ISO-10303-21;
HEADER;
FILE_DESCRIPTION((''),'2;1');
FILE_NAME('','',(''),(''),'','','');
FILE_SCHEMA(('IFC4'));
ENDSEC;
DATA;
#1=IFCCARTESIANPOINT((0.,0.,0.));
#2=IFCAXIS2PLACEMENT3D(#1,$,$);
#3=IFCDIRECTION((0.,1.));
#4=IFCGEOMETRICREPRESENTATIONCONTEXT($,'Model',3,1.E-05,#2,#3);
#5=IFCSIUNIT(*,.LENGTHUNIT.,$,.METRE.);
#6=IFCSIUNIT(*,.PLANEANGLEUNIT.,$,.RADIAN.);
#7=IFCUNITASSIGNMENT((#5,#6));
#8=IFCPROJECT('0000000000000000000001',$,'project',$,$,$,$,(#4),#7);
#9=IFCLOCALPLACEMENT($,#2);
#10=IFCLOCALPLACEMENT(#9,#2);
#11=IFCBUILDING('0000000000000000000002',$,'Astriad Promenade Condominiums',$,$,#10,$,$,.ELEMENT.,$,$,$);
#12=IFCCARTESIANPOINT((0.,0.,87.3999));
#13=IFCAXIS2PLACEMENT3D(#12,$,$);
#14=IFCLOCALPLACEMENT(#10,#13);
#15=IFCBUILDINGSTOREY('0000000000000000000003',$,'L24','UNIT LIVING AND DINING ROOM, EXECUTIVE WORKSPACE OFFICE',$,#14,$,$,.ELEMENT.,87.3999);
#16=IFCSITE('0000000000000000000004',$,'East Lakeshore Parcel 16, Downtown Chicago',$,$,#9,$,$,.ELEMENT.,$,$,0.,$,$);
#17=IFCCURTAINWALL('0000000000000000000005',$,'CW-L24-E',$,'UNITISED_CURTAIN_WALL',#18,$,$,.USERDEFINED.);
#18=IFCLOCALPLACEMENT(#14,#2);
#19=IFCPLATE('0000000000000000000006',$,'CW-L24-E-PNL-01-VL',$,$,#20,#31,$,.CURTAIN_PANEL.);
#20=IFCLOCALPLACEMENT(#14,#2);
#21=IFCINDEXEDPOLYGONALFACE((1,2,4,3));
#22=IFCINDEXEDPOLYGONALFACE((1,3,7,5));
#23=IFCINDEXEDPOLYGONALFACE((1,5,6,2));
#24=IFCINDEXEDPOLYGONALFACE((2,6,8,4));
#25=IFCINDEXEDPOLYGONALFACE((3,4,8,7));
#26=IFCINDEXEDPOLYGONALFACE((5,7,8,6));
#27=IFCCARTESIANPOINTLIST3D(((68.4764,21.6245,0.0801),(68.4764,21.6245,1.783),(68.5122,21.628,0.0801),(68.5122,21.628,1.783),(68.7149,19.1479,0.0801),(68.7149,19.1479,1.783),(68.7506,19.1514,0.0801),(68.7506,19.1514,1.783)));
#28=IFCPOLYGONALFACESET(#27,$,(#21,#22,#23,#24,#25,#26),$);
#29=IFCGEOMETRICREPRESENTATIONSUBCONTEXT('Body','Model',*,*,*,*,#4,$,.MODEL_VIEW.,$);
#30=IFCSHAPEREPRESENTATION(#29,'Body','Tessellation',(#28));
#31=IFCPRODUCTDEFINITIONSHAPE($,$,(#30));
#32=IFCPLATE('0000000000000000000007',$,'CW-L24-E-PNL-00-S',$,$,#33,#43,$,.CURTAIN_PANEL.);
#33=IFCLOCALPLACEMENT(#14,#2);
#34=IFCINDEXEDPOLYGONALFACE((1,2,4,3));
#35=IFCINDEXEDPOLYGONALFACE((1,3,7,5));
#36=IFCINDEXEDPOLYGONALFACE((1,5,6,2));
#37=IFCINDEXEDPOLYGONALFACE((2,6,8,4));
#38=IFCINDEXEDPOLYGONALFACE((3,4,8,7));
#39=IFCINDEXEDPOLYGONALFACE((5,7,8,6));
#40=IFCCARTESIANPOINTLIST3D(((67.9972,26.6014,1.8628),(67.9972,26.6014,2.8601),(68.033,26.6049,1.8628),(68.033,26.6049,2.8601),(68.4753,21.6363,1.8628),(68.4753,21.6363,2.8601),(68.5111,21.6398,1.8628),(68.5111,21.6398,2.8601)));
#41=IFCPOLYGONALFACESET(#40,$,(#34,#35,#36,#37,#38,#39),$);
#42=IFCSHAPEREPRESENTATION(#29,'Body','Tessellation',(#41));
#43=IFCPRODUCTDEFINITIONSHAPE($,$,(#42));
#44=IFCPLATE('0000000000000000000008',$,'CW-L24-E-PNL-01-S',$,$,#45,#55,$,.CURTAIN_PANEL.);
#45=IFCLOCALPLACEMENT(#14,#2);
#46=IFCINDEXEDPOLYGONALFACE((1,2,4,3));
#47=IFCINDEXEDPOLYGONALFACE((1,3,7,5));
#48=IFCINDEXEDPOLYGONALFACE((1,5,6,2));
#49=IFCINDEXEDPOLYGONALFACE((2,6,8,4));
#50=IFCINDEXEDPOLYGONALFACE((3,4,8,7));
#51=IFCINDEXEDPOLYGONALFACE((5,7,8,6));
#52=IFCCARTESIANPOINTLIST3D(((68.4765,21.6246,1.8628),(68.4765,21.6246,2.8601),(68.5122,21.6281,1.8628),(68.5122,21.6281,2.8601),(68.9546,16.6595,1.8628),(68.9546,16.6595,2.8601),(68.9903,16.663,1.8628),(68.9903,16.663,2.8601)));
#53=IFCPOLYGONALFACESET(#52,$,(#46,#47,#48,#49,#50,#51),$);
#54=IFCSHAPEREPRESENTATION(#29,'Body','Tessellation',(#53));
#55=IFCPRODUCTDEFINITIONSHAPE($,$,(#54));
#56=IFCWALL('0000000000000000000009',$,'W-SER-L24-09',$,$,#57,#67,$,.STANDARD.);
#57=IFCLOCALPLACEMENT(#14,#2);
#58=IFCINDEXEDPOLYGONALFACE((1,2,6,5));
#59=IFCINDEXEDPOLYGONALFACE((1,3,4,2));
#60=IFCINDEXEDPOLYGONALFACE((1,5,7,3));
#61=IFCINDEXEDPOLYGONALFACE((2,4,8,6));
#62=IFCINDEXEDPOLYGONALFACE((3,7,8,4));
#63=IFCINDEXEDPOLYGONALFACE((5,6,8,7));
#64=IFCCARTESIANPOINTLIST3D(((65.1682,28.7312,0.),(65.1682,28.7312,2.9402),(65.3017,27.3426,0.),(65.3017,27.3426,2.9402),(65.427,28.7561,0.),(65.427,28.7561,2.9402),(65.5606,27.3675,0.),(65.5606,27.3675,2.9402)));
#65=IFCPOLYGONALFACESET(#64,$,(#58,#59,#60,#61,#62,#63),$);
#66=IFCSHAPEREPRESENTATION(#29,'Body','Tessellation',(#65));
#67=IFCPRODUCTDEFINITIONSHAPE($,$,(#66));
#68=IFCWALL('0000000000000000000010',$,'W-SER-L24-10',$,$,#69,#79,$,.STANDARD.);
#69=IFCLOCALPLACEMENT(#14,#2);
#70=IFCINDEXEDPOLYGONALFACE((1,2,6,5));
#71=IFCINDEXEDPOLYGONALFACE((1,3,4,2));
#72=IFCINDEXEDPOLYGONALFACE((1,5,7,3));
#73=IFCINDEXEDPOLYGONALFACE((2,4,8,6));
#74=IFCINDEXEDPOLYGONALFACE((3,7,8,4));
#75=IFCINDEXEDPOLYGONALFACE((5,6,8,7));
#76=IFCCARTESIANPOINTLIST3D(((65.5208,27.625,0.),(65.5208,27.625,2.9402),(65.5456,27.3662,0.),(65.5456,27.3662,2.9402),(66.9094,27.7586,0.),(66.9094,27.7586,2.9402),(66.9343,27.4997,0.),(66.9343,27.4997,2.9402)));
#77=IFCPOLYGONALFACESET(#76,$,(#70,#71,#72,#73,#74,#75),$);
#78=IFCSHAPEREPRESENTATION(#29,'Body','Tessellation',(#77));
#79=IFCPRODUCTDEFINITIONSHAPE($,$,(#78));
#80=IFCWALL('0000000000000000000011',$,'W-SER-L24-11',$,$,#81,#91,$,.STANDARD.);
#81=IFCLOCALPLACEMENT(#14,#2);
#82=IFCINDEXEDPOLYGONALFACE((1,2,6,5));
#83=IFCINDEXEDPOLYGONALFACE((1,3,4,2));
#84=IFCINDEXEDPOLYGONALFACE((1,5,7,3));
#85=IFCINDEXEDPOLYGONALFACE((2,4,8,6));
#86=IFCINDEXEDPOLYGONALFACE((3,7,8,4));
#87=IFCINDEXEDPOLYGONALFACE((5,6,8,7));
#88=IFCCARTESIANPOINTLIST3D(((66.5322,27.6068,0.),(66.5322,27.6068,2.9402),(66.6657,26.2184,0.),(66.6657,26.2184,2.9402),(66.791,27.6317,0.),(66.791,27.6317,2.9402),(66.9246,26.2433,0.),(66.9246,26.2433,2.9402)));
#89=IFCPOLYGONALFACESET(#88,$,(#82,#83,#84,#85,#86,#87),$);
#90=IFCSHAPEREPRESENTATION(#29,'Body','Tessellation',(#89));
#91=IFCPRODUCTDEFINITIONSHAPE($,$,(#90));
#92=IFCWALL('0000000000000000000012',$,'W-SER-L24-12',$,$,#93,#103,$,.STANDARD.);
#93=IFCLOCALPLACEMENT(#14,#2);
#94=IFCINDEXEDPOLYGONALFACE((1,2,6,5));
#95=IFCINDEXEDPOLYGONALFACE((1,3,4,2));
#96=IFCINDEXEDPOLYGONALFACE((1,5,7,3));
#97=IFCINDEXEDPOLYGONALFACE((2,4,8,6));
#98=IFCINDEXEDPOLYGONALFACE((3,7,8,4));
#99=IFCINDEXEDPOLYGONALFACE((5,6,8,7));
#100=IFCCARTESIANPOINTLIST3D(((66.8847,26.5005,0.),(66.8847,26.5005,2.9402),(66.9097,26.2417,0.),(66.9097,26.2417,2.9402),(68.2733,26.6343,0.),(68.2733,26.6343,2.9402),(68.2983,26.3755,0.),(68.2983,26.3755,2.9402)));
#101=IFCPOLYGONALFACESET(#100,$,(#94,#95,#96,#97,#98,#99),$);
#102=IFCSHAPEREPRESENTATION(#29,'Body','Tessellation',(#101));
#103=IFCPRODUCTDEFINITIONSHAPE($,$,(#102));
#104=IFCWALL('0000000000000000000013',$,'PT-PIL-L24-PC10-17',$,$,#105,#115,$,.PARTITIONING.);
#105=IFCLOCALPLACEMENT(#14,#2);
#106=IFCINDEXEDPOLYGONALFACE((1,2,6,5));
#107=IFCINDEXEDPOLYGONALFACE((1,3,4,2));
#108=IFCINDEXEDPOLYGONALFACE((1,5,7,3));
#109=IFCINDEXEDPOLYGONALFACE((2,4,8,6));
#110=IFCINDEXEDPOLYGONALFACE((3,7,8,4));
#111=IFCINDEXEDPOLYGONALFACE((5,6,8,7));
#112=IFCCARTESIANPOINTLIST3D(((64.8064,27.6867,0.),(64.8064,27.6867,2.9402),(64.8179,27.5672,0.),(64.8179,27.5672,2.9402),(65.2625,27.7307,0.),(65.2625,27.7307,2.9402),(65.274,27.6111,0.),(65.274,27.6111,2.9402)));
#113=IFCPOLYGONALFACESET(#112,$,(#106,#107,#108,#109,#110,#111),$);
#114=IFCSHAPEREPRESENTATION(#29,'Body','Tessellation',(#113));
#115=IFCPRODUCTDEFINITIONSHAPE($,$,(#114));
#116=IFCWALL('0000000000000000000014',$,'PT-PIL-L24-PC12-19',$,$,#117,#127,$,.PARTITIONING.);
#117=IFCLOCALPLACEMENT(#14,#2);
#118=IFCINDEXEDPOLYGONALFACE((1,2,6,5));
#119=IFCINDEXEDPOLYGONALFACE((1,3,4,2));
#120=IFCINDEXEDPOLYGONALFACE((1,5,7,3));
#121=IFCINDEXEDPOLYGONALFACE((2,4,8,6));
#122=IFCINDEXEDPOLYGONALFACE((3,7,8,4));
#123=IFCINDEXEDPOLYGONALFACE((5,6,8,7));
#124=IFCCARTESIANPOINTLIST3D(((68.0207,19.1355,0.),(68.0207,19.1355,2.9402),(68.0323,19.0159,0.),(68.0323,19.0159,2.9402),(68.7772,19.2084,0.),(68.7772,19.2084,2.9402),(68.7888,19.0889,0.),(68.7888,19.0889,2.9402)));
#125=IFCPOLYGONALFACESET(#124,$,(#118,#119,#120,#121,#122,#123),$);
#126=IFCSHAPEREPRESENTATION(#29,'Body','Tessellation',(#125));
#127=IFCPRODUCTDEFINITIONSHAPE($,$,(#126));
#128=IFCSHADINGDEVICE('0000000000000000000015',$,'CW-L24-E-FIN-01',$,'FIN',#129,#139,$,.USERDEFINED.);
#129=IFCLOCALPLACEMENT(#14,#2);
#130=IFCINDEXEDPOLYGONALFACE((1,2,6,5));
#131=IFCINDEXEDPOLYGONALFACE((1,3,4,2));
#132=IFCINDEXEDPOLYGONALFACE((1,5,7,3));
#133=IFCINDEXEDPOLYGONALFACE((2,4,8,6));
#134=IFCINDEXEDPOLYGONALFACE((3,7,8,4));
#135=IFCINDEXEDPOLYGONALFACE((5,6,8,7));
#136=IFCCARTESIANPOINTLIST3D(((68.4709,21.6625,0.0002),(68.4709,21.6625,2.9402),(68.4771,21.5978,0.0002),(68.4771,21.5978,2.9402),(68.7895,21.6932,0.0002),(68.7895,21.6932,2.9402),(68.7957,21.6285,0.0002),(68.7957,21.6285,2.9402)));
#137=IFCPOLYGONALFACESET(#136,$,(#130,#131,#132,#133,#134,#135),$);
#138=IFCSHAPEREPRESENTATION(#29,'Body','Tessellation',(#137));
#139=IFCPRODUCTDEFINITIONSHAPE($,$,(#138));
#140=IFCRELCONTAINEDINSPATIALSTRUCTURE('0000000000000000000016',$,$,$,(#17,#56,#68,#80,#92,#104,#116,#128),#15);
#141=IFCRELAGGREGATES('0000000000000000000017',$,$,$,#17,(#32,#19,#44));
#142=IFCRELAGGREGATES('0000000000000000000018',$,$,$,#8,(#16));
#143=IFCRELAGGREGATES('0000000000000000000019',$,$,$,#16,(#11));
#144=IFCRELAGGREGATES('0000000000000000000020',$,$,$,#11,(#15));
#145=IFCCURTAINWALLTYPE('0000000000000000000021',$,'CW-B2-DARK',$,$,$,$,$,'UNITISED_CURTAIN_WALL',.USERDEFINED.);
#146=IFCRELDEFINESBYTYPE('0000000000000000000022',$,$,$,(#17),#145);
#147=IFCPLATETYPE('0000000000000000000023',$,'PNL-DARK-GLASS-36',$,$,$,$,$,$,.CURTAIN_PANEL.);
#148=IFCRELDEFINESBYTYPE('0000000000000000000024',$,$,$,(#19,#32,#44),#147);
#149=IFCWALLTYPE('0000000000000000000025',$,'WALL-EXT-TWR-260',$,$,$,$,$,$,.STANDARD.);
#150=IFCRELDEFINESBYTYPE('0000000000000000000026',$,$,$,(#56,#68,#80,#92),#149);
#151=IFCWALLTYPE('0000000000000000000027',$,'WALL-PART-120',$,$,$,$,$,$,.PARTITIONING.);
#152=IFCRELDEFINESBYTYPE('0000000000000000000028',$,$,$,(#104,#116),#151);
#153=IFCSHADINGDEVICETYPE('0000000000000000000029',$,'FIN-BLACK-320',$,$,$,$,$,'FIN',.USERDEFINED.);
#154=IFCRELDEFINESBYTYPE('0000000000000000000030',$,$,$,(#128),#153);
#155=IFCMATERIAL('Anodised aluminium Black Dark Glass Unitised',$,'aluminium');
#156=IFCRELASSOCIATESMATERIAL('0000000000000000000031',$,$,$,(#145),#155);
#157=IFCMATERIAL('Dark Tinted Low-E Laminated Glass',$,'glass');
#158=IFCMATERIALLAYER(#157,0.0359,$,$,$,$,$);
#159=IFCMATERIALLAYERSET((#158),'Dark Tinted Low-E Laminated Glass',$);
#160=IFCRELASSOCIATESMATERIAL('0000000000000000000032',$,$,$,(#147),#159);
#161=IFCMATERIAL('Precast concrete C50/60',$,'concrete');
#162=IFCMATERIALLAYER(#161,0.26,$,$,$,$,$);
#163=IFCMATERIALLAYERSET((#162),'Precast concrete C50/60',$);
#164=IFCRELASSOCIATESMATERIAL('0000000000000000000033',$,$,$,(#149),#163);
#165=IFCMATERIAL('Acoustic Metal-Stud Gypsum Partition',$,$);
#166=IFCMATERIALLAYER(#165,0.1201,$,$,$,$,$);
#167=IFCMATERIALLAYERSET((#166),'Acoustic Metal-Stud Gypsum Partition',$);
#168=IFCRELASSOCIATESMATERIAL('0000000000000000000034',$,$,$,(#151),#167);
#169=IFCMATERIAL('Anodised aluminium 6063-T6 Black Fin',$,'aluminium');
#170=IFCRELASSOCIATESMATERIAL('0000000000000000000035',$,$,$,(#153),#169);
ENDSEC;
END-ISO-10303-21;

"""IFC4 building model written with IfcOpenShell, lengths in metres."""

from ifc_helpers import new_model, si_unit, direction, frame, frame_2d, origin, origin_2d, place, context, subcontext, project, spatial, rectangle, extrude, source, transform, mapped, material, layer, layer_set, type_object, type_shapes, element, aggregate, save


model = new_model("IFC4")

# Units and contexts
model_context = context("Model", 3, precision=1e-05, world=origin(), true_north=direction((0.0, 1.0)))
body_context = subcontext(model_context, "Body", "Model", "MODEL_VIEW")
ifc_project = project(units=[si_unit("LENGTHUNIT", "METRE"), si_unit("PLANEANGLEUNIT", "RADIAN")], contexts=[model_context])

# Site, building, storey
site_placement = place(None, origin())
site = spatial("IfcSite", under=ifc_project, at=site_placement, Name="East Lakeshore Parcel 16, Downtown Chicago", CompositionType="ELEMENT", RefElevation=0.0)
building_placement = place(site_placement, origin())
building = spatial("IfcBuilding", under=site, at=building_placement, Name="Astriad Promenade Condominiums", CompositionType="ELEMENT")
storey_placement = place(building_placement, frame((0.0, 0.0, 87.3999)))
storey = spatial("IfcBuildingStorey", under=building, at=storey_placement, Name="L24", Description="UNIT LIVING AND DINING ROOM, EXECUTIVE WORKSPACE OFFICE", CompositionType="ELEMENT", Elevation=87.3999)

# Curtain wall, plates
ifc_material_1 = material(Name="Anodised aluminium Black Dark Glass Unitised", Category="aluminium")
curtain_wall_type = type_object("IfcCurtainWallType", Name="CW-B2-DARK", ElementType="UNITISED_CURTAIN_WALL", PredefinedType="USERDEFINED", material=ifc_material_1)
curtain_wall_placement = place(storey_placement, origin())
curtain_wall = element("IfcCurtainWall", 1, at=curtain_wall_placement, inside=storey, type_object=curtain_wall_type, Name="CW-L24-E", ObjectType="UNITISED_CURTAIN_WALL", PredefinedType="USERDEFINED")
ifc_material_2 = material(Name="Dark Tinted Low-E Laminated Glass", Category="glass")
ifc_layer_1 = layer(ifc_material_2, 0.0359)
ifc_layer_set_1 = layer_set([ifc_layer_1], Name="Dark Tinted Low-E Laminated Glass")
plate_type = type_object("IfcPlateType", Name="PNL-DARK-GLASS-36", PredefinedType="CURTAIN_PANEL", material=ifc_layer_set_1)
shared_shape_1 = source(origin(), body_context, "Body", "SweptSolid", [
    extrude(rectangle(XDim=2.488, YDim=0.0359, at=origin_2d()), origin(), (0.0, 0.0, 1.0), 1.7029),
])
plate_1_placement = place(storey_placement, frame((68.6135, 20.3879, 0.0801), z_axis=(0.0, 0.0, 1.0), x_axis=(0.095846, -0.995396, 0.0)))
plate_1 = element("IfcPlate", 2, at=plate_1_placement, type_object=plate_type, Name="CW-L24-E-PNL-01-VL", PredefinedType="CURTAIN_PANEL", context=body_context, shape_type="MappedRepresentation", body=[
    mapped(shared_shape_1, transform((0.0, 0.0, 0.0), scale=1.0)),
])
shared_shape_2 = source(origin(), body_context, "Body", "SweptSolid", [
    extrude(rectangle(XDim=4.988, YDim=0.0359, at=origin_2d()), origin(), (0.0, 0.0, 1.0), 0.9973),
])
type_shapes(plate_type, [shared_shape_1, shared_shape_2])
plate_2_placement = place(storey_placement, frame((68.2542, 24.1206, 1.8628), z_axis=(0.0, 0.0, 1.0), x_axis=(0.095846, -0.995396, 0.0)))
plate_2 = element("IfcPlate", 3, at=plate_2_placement, type_object=plate_type, Name="CW-L24-E-PNL-00-S", PredefinedType="CURTAIN_PANEL", context=body_context, shape_type="MappedRepresentation", body=[
    mapped(shared_shape_2, transform((0.0, 0.0, 0.0), scale=1.0)),
])
plate_3_placement = place(storey_placement, frame((68.7334, 19.1438, 1.8628), z_axis=(0.0, 0.0, 1.0), x_axis=(0.095846, -0.995396, 0.0)))
plate_3 = element("IfcPlate", 4, at=plate_3_placement, type_object=plate_type, Name="CW-L24-E-PNL-01-S", PredefinedType="CURTAIN_PANEL", context=body_context, shape_type="MappedRepresentation", body=[
    mapped(shared_shape_2, transform((0.0, 0.0, 0.0), scale=1.0)),
])
aggregate(curtain_wall, [plate_2, plate_1, plate_3])

# Walls
ifc_material_3 = material(Name="Precast concrete C50/60", Category="concrete")
ifc_layer_2 = layer(ifc_material_3, 0.26)
ifc_layer_set_2 = layer_set([ifc_layer_2], Name="Precast concrete C50/60")
wall_type_1 = type_object("IfcWallType", Name="WALL-EXT-TWR-260", PredefinedType="STANDARD", material=ifc_layer_set_2)
for number, where, z_axis, x_axis, name in (
    (5, (65.2976, 28.7437, 0.0), (0.0, 0.0, 1.0), (0.095726, -0.995408, 0.0), "W-SER-L24-09"),
    (6, (65.5332, 27.4956, 0.0), (0.0, 0.0, 1.0), (0.995408, 0.095726, 0.0), "W-SER-L24-10"),
):
    element("IfcWall", number, at=place(storey_placement, frame(where, z_axis=z_axis, x_axis=x_axis)), inside=storey, type_object=wall_type_1, Name=name, PredefinedType="STANDARD", context=body_context, shape_type="SweptSolid", body=[
        extrude(rectangle(XDim=1.395, YDim=0.26, at=frame_2d((0.6975, 0.0))), origin(), (0.0, 0.0, 1.0), 2.9402),
    ])
wall_1_placement = place(storey_placement, frame((66.6616, 27.6191, 0.0), z_axis=(0.0, 0.0, 1.0), x_axis=(0.095742, -0.995406, 0.0)))
element("IfcWall", 7, at=wall_1_placement, inside=storey, type_object=wall_type_1, Name="W-SER-L24-11", PredefinedType="STANDARD", context=body_context, shape_type="SweptSolid", body=[
    extrude(rectangle(XDim=1.3948, YDim=0.26, at=frame_2d((0.6973, 0.0))), origin(), (0.0, 0.0, 1.0), 2.9402),
])
wall_2_placement = place(storey_placement, frame((66.8972, 26.3711, 0.0), z_axis=(0.0, 0.0, 1.0), x_axis=(0.995391, 0.095899, 0.0)))
element("IfcWall", 8, at=wall_2_placement, inside=storey, type_object=wall_type_1, Name="W-SER-L24-12", PredefinedType="STANDARD", context=body_context, shape_type="SweptSolid", body=[
    extrude(rectangle(XDim=1.395, YDim=0.26, at=frame_2d((0.6975, 0.0))), origin(), (0.0, 0.0, 1.0), 2.9402),
])
ifc_material_4 = material(Name="Acoustic Metal-Stud Gypsum Partition")
ifc_layer_3 = layer(ifc_material_4, 0.1201)
ifc_layer_set_3 = layer_set([ifc_layer_3], Name="Acoustic Metal-Stud Gypsum Partition")
wall_type_2 = type_object("IfcWallType", Name="WALL-PART-120", PredefinedType="PARTITIONING", material=ifc_layer_set_3)
wall_3_placement = place(storey_placement, frame((64.8123, 27.627, 0.0), z_axis=(0.0, 0.0, 1.0), x_axis=(0.995389, 0.095915, 0.0)))
element("IfcWall", 9, at=wall_3_placement, inside=storey, type_object=wall_type_2, Name="PT-PIL-L24-PC10-17", PredefinedType="PARTITIONING", context=body_context, shape_type="SweptSolid", body=[
    extrude(rectangle(XDim=0.4583, YDim=0.1201, at=frame_2d((0.229, 0.0))), origin(), (0.0, 0.0, 1.0), 2.9402),
])
wall_4_placement = place(storey_placement, frame((68.0266, 19.0757, 0.0), z_axis=(0.0, 0.0, 1.0), x_axis=(0.995378, 0.096037, 0.0)))
element("IfcWall", 10, at=wall_4_placement, inside=storey, type_object=wall_type_2, Name="PT-PIL-L24-PC12-19", PredefinedType="PARTITIONING", context=body_context, shape_type="SweptSolid", body=[
    extrude(rectangle(XDim=0.76, YDim=0.1201, at=frame_2d((0.3799, 0.0))), origin(), (0.0, 0.0, 1.0), 2.9402),
])

# Shading device
ifc_material_5 = material(Name="Anodised aluminium 6063-T6 Black Fin", Category="aluminium")
shading_device_type = type_object("IfcShadingDeviceType", Name="FIN-BLACK-320", ElementType="FIN", PredefinedType="USERDEFINED", material=ifc_material_5)
shared_shape_3 = source(origin(), body_context, "Body", "SweptSolid", [
    extrude(rectangle(XDim=0.0649, YDim=0.3201, at=origin_2d()), origin(), (0.0, 0.0, 1.0), 2.9399),
])
type_shapes(shading_device_type, [shared_shape_3])
shading_device_placement = place(storey_placement, frame((68.6333, 21.6455, 0.0002), z_axis=(0.0, 0.0, 1.0), x_axis=(0.095846, -0.995396, 0.0)))
element("IfcShadingDevice", 11, at=shading_device_placement, inside=storey, type_object=shading_device_type, Name="CW-L24-E-FIN-01", ObjectType="FIN", PredefinedType="USERDEFINED", context=body_context, shape_type="MappedRepresentation", body=[
    mapped(shared_shape_3, transform((0.0, 0.0, 0.0), scale=1.0)),
])

save(model, "model.ifc")
